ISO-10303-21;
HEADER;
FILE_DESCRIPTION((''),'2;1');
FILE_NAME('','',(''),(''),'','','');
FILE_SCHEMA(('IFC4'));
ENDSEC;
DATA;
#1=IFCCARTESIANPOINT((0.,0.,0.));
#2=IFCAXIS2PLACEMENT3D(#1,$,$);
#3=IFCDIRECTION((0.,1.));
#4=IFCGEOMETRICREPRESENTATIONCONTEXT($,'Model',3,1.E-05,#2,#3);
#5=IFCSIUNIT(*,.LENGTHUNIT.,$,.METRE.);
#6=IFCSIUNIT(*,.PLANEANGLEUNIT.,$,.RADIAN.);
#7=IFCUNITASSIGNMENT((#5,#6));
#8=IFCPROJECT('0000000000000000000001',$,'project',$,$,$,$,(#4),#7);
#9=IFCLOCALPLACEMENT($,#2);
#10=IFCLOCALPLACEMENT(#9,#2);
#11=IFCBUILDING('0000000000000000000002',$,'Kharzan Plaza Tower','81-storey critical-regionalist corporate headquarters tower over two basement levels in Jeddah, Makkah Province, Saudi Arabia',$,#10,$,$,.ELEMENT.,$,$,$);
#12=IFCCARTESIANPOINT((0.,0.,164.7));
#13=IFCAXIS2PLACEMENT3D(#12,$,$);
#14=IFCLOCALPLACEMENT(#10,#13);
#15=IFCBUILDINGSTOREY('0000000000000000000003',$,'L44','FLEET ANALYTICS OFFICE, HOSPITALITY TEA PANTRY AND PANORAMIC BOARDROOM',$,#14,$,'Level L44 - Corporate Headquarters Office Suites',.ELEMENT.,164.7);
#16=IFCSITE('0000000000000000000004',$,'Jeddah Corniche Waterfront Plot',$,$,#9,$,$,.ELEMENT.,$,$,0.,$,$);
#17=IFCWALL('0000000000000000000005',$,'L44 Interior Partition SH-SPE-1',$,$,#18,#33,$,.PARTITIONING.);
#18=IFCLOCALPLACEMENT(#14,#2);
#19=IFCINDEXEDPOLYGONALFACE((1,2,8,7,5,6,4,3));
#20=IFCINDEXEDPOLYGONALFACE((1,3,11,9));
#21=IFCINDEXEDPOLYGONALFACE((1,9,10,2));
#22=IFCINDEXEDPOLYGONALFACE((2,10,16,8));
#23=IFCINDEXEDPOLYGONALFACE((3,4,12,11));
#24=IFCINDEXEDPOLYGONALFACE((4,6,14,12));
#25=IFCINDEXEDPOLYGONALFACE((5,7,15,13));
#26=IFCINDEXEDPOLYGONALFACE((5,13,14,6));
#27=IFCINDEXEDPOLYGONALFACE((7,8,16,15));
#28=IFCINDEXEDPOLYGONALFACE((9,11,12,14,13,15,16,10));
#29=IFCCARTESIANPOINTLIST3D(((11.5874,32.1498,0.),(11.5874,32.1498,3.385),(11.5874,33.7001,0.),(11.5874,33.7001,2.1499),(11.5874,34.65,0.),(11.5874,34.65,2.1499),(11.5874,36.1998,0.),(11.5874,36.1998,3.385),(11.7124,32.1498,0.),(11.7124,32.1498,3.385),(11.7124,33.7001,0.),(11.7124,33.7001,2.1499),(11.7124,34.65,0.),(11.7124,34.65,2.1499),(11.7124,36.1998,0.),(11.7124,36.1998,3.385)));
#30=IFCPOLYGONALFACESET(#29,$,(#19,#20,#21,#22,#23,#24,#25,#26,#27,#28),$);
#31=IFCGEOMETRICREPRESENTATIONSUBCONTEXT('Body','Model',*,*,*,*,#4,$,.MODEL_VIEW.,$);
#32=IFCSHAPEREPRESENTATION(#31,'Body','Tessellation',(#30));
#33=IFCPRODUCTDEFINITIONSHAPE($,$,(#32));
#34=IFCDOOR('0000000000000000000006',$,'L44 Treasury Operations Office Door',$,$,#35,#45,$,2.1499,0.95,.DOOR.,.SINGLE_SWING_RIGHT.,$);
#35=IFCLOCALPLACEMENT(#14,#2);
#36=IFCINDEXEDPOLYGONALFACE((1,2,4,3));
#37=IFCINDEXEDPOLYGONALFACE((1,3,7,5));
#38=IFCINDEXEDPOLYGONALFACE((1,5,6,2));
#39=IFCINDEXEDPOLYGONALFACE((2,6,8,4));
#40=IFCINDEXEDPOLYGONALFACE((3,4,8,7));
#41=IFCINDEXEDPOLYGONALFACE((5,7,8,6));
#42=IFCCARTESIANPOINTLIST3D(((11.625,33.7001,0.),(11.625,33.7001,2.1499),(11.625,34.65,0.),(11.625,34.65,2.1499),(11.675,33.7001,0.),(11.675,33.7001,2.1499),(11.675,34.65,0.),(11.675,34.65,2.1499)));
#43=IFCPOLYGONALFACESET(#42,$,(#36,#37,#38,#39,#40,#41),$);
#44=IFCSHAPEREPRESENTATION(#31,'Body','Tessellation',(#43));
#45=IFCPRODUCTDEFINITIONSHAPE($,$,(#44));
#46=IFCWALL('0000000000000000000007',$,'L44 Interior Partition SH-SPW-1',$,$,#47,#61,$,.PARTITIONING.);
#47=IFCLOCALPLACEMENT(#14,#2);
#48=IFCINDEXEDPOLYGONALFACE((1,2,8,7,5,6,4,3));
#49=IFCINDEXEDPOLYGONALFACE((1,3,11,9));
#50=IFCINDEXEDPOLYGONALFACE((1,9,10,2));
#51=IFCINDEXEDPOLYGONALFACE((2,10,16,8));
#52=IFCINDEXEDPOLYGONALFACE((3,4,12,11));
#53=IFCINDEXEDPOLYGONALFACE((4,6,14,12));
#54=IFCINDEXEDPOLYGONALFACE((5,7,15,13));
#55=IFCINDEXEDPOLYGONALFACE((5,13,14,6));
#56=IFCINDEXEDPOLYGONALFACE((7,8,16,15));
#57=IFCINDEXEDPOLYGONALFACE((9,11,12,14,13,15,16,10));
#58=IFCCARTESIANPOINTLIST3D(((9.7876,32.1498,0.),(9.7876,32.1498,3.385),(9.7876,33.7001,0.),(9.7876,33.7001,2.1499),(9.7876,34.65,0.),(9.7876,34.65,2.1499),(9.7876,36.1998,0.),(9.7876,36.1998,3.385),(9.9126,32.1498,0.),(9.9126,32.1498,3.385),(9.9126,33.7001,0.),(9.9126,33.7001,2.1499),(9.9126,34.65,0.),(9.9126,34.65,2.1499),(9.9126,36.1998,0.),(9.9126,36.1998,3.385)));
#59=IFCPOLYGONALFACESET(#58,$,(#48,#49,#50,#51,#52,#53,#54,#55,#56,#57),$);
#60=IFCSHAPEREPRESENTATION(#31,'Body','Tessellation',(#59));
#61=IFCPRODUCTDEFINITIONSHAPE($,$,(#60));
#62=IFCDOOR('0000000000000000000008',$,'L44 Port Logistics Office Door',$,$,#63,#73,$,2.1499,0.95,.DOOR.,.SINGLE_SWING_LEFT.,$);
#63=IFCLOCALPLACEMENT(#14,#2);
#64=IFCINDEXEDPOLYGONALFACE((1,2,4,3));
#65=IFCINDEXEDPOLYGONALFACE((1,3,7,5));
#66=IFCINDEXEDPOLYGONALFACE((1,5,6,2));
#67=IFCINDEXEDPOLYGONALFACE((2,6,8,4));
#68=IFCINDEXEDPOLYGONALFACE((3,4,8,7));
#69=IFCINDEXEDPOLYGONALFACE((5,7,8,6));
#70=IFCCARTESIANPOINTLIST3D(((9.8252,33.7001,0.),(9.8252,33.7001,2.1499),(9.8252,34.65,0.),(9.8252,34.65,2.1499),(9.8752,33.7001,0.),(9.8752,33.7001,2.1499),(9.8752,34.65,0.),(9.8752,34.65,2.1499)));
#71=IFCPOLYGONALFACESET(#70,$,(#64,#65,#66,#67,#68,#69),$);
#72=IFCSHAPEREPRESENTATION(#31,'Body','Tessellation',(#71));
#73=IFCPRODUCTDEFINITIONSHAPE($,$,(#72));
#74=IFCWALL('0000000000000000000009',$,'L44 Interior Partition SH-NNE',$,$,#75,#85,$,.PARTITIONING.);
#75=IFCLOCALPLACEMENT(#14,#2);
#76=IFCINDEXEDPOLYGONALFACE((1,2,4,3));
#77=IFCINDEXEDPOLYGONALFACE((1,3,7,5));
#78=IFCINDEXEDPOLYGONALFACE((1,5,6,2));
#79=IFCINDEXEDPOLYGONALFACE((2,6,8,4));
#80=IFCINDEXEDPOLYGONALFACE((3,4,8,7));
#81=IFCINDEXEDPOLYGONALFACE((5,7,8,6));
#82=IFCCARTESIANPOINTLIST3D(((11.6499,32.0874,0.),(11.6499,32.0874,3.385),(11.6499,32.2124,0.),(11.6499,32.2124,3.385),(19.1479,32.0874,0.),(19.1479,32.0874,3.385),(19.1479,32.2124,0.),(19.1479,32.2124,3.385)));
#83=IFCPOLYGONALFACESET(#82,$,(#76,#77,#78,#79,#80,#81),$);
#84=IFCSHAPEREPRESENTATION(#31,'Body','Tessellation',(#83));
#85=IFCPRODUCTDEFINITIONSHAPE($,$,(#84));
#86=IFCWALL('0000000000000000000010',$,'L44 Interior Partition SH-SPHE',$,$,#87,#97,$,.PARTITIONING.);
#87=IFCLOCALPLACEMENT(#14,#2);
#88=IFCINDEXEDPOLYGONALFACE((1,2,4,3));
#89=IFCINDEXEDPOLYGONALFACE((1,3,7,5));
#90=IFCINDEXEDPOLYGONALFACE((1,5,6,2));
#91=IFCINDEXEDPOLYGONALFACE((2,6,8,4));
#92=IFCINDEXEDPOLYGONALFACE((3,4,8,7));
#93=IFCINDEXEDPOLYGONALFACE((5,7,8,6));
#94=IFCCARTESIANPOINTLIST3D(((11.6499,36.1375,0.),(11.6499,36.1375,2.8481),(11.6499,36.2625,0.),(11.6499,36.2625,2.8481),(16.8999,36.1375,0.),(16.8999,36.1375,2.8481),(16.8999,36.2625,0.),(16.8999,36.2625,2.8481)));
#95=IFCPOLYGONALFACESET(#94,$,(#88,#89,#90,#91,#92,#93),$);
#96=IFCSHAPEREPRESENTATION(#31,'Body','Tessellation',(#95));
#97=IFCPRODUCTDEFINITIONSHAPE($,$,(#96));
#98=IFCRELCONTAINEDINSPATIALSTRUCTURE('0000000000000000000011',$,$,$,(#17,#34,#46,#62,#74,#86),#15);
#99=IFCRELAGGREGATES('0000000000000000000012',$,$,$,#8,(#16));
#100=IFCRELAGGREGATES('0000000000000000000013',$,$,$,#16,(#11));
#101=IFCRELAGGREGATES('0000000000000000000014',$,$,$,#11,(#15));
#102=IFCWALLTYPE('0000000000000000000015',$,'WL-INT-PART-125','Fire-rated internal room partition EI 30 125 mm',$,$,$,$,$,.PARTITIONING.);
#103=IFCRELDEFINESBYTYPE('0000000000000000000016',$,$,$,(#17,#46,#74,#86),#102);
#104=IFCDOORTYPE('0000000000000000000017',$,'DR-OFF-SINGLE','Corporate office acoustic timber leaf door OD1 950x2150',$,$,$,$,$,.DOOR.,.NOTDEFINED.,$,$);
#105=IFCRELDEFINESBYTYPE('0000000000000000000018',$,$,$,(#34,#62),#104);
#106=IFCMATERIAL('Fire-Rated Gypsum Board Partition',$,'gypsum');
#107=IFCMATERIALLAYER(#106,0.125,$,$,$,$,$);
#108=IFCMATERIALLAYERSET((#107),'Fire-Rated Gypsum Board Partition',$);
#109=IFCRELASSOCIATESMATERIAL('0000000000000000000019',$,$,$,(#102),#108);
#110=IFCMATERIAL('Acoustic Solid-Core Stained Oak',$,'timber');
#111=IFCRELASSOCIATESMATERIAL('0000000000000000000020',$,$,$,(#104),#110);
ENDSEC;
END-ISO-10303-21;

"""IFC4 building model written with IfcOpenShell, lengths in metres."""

from ifc_helpers import new_model, si_unit, direction, frame, frame_2d, origin, place, context, subcontext, project, spatial, rectangle, extrude, source, transform, mapped, material, layer, layer_set, type_object, element, fill, save


model = new_model("IFC4")

# Units and contexts
model_context = context("Model", 3, precision=1e-05, world=origin(), true_north=direction((0.0, 1.0)))
body_context = subcontext(model_context, "Body", "Model", "MODEL_VIEW")
ifc_project = project(units=[si_unit("LENGTHUNIT", "METRE"), si_unit("PLANEANGLEUNIT", "RADIAN")], contexts=[model_context])

# Site, building, storey
site_placement = place(None, origin())
site = spatial("IfcSite", under=ifc_project, at=site_placement, Name="Jeddah Corniche Waterfront Plot", CompositionType="ELEMENT", RefElevation=0.0)
building_placement = place(site_placement, origin())
building = spatial("IfcBuilding", under=site, at=building_placement, Name="Kharzan Plaza Tower", Description="81-storey critical-regionalist corporate headquarters tower over two basement levels in Jeddah, Makkah Province, Saudi Arabia", CompositionType="ELEMENT")
storey_placement = place(building_placement, frame((0.0, 0.0, 164.7)))
storey = spatial("IfcBuildingStorey", under=building, at=storey_placement, Name="L44", Description="FLEET ANALYTICS OFFICE, HOSPITALITY TEA PANTRY AND PANORAMIC BOARDROOM", LongName="Level L44 - Corporate Headquarters Office Suites", CompositionType="ELEMENT", Elevation=164.7)

# Walls, openings, doors
ifc_material_1 = material(Name="Fire-Rated Gypsum Board Partition", Category="gypsum")
ifc_layer_1 = layer(ifc_material_1, 0.125)
ifc_layer_set_1 = layer_set([ifc_layer_1], Name="Fire-Rated Gypsum Board Partition")
wall_type_1 = type_object("IfcWallType", Name="WL-INT-PART-125", Description="Fire-rated internal room partition EI 30 125 mm", PredefinedType="PARTITIONING", material=ifc_layer_set_1)
wall_1_placement = place(storey_placement, frame((11.6499, 32.1499, 0.0), z_axis=(0.0, 0.0, 1.0), x_axis=(0.0, 1.0, 0.0)))
wall_1 = element("IfcWall", 1, at=wall_1_placement, inside=storey, type_object=wall_type_1, Name="L44 Interior Partition SH-SPE-1", PredefinedType="PARTITIONING", context=body_context, shape_type="SweptSolid", body=[
    extrude(rectangle(XDim=4.05, YDim=0.125, at=frame_2d((2.0249, 0.0))), origin(), (0.0, 0.0, 1.0), 3.385),
])
opening_1_placement = place(wall_1_placement, frame((1.55, 0.0, 0.0)))
opening_1 = element("IfcOpeningElement", 2, at=opening_1_placement, cuts=wall_1, PredefinedType="OPENING", context=body_context, shape_type="SweptSolid", body=[
    extrude(rectangle(XDim=0.95, YDim=2.1499, at=frame_2d((0.4751, 1.075))), frame((0.0, 0.0725, 0.0), z_axis=(0.0, -1.0, 0.0), x_axis=(1.0, 0.0, 0.0)), (0.0, 0.0, 1.0), 0.145),
])
ifc_material_2 = material(Name="Acoustic Solid-Core Stained Oak", Category="timber")
door_type = type_object("IfcDoorType", Name="DR-OFF-SINGLE", Description="Corporate office acoustic timber leaf door OD1 950x2150", OperationType="NOTDEFINED", PredefinedType="DOOR", material=ifc_material_2)
shared_shape_1 = source(origin(), body_context, "Body", "SweptSolid", [
    extrude(rectangle(XDim=0.95, YDim=2.1499, at=frame_2d((0.4751, 1.075))), frame((0.0, 0.0249, 0.0), z_axis=(0.0, -1.0, 0.0), x_axis=(1.0, 0.0, 0.0)), (0.0, 0.0, 1.0), 0.05),
])
door_1_placement = place(opening_1_placement, origin())
door_1 = element("IfcDoor", 3, at=door_1_placement, inside=storey, type_object=door_type, Name="L44 Treasury Operations Office Door", OperationType="SINGLE_SWING_RIGHT", OverallHeight=2.1499, OverallWidth=0.95, PredefinedType="DOOR", context=body_context, shape_type="MappedRepresentation", body=[
    mapped(shared_shape_1, transform((0.0, 0.0, 0.0), x_axis=(1.0, 0.0, 0.0), y_axis=(0.0, 1.0, 0.0), z_axis=(0.0, 0.0, 1.0))),
])
fill(opening_1, door_1)
wall_2_placement = place(storey_placement, frame((9.8501, 32.1499, 0.0), z_axis=(0.0, 0.0, 1.0), x_axis=(0.0, 1.0, 0.0)))
wall_2 = element("IfcWall", 4, at=wall_2_placement, inside=storey, type_object=wall_type_1, Name="L44 Interior Partition SH-SPW-1", PredefinedType="PARTITIONING", context=body_context, shape_type="SweptSolid", body=[
    extrude(rectangle(XDim=4.05, YDim=0.125, at=frame_2d((2.0249, 0.0))), origin(), (0.0, 0.0, 1.0), 3.385),
])
opening_2_placement = place(wall_2_placement, frame((1.55, 0.0, 0.0)))
opening_2 = element("IfcOpeningElement", 5, at=opening_2_placement, cuts=wall_2, PredefinedType="OPENING", context=body_context, shape_type="SweptSolid", body=[
    extrude(rectangle(XDim=0.95, YDim=2.1499, at=frame_2d((0.4751, 1.075))), frame((0.0, 0.0725, 0.0), z_axis=(0.0, -1.0, 0.0), x_axis=(1.0, 0.0, 0.0)), (0.0, 0.0, 1.0), 0.145),
])
door_2_placement = place(opening_2_placement, origin())
door_2 = element("IfcDoor", 6, at=door_2_placement, inside=storey, type_object=door_type, Name="L44 Port Logistics Office Door", OperationType="SINGLE_SWING_LEFT", OverallHeight=2.1499, OverallWidth=0.95, PredefinedType="DOOR", context=body_context, shape_type="MappedRepresentation", body=[
    mapped(shared_shape_1, transform((0.0, 0.0, 0.0), x_axis=(1.0, 0.0, 0.0), y_axis=(0.0, 1.0, 0.0), z_axis=(0.0, 0.0, 1.0))),
])
fill(opening_2, door_2)

# Walls
shared_shape_2 = source(origin(), body_context, "Body", "SweptSolid", [
    extrude(rectangle(XDim=7.498, YDim=0.125, at=frame_2d((3.749, 0.0))), origin(), (0.0, 0.0, 1.0), 3.385),
])
wall_3_placement = place(storey_placement, frame((11.6499, 32.1499, 0.0), z_axis=(0.0, 0.0, 1.0), x_axis=(1.0, 0.0, 0.0)))
element("IfcWall", 7, at=wall_3_placement, inside=storey, type_object=wall_type_1, Name="L44 Interior Partition SH-NNE", PredefinedType="PARTITIONING", context=body_context, shape_type="MappedRepresentation", body=[
    mapped(shared_shape_2, transform((0.0, 0.0, 0.0), x_axis=(1.0, 0.0, 0.0), y_axis=(0.0, 1.0, 0.0), z_axis=(0.0, 0.0, 1.0))),
])
shared_shape_3 = source(origin(), body_context, "Body", "SweptSolid", [
    extrude(rectangle(XDim=5.25, YDim=0.125, at=frame_2d((2.625, 0.0))), origin(), (0.0, 0.0, 1.0), 2.8481),
])
wall_4_placement = place(storey_placement, frame((11.6499, 36.2, 0.0), z_axis=(0.0, 0.0, 1.0), x_axis=(1.0, 0.0, 0.0)))
element("IfcWall", 8, at=wall_4_placement, inside=storey, type_object=wall_type_1, Name="L44 Interior Partition SH-SPHE", PredefinedType="PARTITIONING", context=body_context, shape_type="MappedRepresentation", body=[
    mapped(shared_shape_3, transform((0.0, 0.0, 0.0), x_axis=(1.0, 0.0, 0.0), y_axis=(0.0, 1.0, 0.0), z_axis=(0.0, 0.0, 1.0))),
])

save(model, "model.ifc")
